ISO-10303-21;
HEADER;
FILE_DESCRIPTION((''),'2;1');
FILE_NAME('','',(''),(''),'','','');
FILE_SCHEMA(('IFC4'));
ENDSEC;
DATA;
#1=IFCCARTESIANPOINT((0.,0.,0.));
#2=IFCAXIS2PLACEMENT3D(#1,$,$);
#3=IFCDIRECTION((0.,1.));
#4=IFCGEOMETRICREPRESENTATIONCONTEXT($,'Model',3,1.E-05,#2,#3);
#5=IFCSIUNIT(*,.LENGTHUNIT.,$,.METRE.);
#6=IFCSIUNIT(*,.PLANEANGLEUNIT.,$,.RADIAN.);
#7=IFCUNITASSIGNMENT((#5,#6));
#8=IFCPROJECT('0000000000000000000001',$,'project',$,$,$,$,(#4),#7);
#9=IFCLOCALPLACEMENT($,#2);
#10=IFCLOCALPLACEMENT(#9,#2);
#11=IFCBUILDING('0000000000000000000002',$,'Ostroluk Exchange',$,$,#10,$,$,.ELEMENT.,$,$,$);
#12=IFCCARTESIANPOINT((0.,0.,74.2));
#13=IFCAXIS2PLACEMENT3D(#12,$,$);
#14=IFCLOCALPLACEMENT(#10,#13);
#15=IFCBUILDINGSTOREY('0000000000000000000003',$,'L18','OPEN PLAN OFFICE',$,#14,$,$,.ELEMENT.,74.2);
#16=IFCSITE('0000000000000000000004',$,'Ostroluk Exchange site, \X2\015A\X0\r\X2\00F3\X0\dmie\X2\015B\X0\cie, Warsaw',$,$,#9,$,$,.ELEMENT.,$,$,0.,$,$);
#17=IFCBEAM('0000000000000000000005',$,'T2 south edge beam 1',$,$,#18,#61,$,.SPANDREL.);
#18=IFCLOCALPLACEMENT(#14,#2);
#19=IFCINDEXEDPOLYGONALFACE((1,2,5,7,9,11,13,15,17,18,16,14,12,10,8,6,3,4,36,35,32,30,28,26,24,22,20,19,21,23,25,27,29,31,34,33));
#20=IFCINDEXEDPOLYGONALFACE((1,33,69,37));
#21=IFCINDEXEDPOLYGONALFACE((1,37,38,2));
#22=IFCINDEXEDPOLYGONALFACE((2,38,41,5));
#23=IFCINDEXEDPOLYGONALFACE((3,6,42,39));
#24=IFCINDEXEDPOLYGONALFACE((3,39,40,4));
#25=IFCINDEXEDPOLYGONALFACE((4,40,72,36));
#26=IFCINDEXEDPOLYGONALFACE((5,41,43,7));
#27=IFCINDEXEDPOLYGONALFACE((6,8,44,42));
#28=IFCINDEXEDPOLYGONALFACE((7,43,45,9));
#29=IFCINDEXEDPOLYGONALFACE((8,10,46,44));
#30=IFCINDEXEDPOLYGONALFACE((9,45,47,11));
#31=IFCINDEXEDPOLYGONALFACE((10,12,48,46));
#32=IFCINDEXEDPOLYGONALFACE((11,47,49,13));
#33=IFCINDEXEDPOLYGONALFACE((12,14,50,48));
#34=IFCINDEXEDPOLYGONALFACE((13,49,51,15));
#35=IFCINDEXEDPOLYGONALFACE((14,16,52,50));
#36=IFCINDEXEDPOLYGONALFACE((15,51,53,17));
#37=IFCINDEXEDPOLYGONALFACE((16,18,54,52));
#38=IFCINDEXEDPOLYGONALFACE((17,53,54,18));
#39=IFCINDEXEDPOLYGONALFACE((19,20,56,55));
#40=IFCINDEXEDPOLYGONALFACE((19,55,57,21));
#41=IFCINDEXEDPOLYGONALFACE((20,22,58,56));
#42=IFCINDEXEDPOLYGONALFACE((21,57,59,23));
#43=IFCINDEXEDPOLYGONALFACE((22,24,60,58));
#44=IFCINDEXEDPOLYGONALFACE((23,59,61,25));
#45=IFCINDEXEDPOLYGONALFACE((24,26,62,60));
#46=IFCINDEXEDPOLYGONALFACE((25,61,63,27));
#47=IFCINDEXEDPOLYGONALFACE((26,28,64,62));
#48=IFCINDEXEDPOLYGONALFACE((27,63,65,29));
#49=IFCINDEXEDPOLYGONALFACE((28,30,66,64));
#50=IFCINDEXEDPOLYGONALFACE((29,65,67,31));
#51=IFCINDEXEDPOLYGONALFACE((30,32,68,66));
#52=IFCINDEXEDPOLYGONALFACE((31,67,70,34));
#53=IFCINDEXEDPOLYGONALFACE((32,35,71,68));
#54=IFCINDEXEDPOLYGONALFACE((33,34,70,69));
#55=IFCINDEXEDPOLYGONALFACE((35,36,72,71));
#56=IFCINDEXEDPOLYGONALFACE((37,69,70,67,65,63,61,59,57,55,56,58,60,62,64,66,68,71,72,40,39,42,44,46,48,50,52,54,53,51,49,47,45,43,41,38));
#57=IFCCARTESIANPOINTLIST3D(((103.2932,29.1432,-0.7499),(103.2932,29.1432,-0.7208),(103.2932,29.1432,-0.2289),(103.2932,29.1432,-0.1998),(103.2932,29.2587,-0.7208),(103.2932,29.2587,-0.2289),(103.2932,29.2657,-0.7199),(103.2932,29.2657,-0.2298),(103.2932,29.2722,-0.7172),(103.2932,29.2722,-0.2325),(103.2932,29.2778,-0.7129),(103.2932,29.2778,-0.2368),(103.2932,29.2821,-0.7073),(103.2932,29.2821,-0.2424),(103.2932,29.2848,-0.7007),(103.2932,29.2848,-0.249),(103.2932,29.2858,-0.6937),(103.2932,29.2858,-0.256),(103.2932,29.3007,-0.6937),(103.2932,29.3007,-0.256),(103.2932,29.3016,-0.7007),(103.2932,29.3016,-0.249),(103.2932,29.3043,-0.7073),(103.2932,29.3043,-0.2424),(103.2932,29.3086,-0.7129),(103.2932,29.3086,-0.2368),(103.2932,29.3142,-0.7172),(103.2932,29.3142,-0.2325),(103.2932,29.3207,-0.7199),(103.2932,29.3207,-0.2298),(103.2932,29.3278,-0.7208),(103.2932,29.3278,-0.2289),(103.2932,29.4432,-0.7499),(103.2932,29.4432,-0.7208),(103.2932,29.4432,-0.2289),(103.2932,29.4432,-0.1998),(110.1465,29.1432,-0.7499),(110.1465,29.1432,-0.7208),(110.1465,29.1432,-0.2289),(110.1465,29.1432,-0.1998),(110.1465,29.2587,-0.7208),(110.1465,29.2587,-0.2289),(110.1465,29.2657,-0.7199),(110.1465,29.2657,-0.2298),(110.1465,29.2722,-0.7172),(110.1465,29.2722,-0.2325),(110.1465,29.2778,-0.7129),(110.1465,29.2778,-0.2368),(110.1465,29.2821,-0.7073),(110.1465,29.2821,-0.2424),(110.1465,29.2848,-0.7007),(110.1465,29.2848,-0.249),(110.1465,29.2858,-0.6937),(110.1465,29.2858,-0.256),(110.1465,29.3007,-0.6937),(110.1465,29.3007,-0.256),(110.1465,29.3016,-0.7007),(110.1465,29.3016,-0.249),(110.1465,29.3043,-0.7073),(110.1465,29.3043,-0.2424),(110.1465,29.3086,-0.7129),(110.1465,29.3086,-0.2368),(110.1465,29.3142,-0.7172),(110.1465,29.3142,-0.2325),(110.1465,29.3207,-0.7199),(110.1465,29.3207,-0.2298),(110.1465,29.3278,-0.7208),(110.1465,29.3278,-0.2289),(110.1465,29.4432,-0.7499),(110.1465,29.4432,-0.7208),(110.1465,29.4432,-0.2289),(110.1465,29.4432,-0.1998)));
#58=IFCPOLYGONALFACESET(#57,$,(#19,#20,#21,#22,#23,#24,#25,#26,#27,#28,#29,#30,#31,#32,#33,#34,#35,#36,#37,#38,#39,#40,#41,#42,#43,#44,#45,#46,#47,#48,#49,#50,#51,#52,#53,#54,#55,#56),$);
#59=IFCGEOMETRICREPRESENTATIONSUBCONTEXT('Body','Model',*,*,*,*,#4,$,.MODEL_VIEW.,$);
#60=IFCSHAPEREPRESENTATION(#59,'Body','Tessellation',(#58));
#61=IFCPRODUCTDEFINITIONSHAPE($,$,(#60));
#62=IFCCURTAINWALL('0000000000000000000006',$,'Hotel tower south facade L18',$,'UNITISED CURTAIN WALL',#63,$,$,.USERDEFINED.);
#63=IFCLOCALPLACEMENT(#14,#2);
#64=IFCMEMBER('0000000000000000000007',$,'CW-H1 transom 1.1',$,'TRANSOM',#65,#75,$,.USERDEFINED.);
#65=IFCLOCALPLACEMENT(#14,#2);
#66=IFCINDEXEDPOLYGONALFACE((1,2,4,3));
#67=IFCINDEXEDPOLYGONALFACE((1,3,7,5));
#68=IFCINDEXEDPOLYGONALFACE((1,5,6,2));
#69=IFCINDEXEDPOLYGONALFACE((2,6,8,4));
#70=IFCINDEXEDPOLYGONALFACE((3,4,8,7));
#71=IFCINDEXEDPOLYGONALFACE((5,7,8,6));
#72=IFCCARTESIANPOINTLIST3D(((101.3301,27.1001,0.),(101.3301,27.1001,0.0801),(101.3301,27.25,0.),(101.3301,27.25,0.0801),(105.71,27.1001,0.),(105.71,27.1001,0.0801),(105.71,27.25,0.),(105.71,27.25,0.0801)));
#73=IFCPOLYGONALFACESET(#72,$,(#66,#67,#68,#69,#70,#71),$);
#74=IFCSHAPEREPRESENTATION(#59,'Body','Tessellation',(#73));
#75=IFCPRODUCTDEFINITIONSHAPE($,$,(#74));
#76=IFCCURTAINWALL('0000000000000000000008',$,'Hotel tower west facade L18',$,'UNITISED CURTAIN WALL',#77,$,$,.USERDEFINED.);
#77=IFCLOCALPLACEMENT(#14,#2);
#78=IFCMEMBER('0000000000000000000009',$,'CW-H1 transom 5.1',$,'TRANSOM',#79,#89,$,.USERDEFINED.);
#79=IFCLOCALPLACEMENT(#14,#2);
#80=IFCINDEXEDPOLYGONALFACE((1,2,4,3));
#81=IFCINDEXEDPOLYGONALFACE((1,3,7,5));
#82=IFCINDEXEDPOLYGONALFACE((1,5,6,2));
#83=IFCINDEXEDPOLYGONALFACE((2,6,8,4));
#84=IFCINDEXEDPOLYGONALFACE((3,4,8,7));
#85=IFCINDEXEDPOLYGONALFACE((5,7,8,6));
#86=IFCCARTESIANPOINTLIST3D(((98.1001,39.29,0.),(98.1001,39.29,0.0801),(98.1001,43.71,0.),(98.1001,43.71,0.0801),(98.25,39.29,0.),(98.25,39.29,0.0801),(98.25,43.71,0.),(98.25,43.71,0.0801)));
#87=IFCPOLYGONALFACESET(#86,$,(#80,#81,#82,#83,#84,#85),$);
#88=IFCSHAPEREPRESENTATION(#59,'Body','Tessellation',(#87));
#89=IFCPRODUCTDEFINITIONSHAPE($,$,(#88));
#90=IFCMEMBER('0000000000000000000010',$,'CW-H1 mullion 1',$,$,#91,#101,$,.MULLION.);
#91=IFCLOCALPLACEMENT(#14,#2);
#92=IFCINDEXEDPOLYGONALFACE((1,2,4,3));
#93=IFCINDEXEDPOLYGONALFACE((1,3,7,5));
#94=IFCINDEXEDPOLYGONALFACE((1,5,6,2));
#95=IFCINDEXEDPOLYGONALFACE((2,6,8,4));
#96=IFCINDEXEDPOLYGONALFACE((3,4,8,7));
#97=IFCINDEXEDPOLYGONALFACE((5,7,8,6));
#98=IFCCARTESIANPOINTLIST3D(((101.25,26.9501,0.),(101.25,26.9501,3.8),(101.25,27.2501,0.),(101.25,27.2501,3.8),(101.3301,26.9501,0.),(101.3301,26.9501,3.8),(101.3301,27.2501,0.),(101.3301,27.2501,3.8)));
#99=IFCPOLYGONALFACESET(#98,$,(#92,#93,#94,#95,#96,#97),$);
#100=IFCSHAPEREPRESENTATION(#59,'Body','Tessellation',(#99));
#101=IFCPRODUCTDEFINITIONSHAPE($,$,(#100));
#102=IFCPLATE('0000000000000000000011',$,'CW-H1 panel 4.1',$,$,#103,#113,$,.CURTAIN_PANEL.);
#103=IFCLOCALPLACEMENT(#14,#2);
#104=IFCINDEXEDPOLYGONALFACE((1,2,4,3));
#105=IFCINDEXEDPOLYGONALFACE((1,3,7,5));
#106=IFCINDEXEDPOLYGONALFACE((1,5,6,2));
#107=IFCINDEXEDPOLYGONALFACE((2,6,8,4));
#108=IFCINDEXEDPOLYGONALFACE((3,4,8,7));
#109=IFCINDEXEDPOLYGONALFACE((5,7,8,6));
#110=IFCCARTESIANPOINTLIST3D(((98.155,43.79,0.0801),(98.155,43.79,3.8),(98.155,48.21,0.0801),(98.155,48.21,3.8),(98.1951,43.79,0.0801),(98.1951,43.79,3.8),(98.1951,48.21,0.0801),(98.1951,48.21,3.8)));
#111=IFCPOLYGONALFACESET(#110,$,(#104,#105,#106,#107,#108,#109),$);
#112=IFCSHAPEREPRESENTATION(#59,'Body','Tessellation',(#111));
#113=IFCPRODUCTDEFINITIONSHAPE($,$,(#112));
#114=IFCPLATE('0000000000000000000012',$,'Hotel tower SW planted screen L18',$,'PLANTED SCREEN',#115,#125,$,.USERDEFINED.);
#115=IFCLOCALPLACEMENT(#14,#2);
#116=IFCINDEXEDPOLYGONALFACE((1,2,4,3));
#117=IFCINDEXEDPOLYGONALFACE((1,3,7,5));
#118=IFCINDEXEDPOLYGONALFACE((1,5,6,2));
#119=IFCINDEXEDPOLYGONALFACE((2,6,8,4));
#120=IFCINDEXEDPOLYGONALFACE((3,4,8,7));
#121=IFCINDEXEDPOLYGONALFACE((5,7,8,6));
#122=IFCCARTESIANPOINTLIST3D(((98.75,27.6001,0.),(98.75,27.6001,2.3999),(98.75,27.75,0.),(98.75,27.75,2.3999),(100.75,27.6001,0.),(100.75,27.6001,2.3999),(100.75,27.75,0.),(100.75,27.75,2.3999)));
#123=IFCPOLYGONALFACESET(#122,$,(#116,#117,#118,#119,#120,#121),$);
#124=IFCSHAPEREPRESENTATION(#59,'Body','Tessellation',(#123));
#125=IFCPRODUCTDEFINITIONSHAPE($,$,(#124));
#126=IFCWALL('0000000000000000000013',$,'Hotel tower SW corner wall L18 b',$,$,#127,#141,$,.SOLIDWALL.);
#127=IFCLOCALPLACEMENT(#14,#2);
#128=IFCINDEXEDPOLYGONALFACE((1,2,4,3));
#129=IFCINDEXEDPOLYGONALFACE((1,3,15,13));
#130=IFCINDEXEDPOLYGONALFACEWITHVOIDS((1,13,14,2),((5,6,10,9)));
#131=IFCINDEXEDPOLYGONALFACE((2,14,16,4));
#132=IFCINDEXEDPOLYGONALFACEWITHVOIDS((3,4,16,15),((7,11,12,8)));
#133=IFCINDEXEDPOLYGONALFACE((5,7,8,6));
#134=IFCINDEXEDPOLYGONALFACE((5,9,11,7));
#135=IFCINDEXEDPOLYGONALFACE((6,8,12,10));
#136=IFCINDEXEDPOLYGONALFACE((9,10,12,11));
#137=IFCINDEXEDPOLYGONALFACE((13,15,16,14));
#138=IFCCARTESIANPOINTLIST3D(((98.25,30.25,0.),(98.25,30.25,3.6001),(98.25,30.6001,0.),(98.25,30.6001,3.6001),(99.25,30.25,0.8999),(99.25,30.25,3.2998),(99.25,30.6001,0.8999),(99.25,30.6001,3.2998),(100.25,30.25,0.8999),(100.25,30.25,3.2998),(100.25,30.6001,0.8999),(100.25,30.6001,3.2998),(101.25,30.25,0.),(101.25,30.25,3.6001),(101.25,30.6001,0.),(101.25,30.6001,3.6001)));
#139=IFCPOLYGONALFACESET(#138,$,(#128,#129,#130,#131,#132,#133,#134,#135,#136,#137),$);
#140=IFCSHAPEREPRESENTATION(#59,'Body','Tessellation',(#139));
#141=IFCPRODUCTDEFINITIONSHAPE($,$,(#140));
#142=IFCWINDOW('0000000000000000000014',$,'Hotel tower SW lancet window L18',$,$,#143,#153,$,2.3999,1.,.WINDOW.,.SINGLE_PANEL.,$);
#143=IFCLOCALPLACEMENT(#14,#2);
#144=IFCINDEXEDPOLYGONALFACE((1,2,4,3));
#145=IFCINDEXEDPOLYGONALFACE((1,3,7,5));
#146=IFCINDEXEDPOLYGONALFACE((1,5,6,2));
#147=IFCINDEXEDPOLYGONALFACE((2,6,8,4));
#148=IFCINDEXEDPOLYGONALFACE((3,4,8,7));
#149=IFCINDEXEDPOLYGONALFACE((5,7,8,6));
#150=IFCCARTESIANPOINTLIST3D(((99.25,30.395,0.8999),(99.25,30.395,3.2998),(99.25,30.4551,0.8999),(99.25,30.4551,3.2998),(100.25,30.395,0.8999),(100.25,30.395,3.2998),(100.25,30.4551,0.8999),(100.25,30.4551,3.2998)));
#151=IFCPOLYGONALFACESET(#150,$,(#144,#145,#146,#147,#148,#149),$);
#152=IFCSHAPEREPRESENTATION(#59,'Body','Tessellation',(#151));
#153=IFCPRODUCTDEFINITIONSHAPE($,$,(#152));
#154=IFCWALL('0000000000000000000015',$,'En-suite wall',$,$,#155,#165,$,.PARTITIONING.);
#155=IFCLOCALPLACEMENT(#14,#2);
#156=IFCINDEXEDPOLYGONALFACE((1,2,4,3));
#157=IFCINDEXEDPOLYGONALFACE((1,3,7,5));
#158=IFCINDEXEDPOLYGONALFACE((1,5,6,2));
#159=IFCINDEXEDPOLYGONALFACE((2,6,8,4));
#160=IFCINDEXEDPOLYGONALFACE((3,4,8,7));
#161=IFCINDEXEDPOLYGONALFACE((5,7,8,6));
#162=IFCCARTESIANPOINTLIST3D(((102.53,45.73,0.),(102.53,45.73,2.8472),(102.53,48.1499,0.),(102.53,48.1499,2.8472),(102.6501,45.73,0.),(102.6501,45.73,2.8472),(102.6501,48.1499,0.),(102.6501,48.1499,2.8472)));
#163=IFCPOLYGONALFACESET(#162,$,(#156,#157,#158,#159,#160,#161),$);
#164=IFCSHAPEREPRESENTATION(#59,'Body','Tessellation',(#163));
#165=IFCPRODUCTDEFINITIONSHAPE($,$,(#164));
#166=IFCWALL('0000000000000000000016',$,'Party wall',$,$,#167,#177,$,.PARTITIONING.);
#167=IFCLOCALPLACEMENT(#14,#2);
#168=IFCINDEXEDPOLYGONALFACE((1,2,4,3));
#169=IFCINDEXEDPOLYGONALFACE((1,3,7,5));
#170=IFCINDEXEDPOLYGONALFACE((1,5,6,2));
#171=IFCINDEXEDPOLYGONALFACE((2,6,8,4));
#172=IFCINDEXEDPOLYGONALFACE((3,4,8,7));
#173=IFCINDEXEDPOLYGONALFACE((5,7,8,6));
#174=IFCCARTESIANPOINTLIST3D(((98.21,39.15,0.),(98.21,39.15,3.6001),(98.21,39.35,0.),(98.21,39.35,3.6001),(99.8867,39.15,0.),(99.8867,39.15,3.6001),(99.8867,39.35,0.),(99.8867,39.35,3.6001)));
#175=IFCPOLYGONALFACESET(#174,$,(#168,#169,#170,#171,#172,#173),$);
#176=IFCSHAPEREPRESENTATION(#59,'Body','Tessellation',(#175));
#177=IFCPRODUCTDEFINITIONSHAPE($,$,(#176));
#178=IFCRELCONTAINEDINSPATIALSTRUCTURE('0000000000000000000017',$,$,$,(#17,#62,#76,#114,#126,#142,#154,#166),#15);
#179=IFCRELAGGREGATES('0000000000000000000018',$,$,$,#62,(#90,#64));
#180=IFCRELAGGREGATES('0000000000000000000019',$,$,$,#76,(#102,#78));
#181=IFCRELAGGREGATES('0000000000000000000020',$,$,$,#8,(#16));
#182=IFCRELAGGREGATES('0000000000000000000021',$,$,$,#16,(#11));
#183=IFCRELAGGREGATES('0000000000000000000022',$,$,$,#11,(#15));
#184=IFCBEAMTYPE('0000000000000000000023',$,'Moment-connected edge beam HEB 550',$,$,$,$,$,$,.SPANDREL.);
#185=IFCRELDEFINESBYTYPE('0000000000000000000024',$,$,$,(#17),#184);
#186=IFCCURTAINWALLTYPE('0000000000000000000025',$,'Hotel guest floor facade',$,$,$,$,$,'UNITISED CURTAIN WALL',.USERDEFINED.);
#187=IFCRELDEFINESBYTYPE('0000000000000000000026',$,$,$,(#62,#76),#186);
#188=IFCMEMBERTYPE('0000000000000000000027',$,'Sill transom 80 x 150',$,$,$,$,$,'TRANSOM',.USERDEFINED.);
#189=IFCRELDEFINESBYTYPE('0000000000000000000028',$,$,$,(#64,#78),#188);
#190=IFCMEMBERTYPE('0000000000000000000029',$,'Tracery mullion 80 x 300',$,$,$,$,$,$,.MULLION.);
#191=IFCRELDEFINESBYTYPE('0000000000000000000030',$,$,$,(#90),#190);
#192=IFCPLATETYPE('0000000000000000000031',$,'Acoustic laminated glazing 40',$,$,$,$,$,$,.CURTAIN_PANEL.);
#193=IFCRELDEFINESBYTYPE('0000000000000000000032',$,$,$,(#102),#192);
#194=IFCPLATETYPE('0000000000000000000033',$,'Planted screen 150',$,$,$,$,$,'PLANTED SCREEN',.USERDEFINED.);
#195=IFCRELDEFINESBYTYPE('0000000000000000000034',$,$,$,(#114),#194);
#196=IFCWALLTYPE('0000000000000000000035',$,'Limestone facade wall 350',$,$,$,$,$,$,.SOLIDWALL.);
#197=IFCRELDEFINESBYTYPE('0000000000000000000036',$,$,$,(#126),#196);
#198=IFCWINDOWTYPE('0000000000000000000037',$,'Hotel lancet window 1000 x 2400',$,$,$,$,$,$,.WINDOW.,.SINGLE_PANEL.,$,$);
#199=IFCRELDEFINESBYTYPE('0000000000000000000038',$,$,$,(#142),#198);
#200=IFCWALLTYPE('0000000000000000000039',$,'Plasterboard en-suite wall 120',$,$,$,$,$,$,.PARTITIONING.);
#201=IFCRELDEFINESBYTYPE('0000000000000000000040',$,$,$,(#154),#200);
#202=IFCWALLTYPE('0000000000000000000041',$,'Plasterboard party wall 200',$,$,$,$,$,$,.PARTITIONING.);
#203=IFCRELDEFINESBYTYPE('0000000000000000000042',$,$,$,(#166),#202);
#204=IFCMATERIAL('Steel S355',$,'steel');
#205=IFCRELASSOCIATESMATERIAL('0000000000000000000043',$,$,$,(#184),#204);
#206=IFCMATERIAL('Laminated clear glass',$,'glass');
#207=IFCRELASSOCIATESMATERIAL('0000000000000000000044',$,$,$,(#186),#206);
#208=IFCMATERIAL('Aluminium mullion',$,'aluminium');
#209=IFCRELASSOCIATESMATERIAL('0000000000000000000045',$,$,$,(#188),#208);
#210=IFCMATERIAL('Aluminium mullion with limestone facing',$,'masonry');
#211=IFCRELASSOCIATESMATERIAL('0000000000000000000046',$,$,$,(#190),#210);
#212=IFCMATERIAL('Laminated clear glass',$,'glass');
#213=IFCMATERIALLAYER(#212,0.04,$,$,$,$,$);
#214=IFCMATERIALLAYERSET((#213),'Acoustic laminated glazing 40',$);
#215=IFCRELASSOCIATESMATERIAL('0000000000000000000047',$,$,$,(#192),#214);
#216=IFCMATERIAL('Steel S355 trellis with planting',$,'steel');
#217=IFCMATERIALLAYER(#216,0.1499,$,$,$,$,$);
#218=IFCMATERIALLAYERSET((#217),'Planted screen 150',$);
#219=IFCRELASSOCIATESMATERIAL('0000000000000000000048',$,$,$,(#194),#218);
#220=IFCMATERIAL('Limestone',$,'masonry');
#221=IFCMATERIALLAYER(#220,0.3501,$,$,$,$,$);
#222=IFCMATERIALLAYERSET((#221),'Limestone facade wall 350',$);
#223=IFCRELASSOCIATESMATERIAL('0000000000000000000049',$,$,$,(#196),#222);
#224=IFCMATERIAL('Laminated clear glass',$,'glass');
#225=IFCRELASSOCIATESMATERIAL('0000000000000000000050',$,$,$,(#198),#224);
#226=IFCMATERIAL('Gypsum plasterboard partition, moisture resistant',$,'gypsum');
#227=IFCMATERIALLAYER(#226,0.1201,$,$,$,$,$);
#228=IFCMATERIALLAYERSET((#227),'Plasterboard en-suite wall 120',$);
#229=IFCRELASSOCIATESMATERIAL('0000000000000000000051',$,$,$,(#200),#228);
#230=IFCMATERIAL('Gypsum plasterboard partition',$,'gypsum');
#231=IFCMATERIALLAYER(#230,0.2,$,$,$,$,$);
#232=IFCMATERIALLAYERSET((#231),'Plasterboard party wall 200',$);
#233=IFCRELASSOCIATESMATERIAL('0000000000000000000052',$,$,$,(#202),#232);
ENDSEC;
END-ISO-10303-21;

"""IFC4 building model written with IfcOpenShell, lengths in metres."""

from ifc_helpers import new_model, si_unit, direction, frame, frame_2d, origin, origin_2d, place, context, subcontext, project, spatial, rectangle, i_section, extrude, material, layer, layer_set, material_profile, profile_set, type_object, element, fill, aggregate, save


model = new_model("IFC4")

# Units and contexts
model_context = context("Model", 3, precision=1e-05, world=origin(), true_north=direction((0.0, 1.0)))
body_context = subcontext(model_context, "Body", "Model", "MODEL_VIEW")
ifc_project = project(units=[si_unit("LENGTHUNIT", "METRE"), si_unit("PLANEANGLEUNIT", "RADIAN")], contexts=[model_context])

# Site, building, storey
site_placement = place(None, origin())
site = spatial("IfcSite", under=ifc_project, at=site_placement, Name="Ostroluk Exchange site, Śródmieście, Warsaw", CompositionType="ELEMENT", RefElevation=0.0)
building_placement = place(site_placement, origin())
building = spatial("IfcBuilding", under=site, at=building_placement, Name="Ostroluk Exchange", CompositionType="ELEMENT")
storey_placement = place(building_placement, frame((0.0, 0.0, 74.2)))
storey = spatial("IfcBuildingStorey", under=building, at=storey_placement, Name="L18", Description="OPEN PLAN OFFICE", CompositionType="ELEMENT", Elevation=74.2)

# Beam
ifc_material_1 = material(Name="Steel S355", Category="steel")
ifc_material_profile_1 = material_profile(ifc_material_1, i_section(OverallWidth=0.3, OverallDepth=0.55, WebThickness=0.0149, FlangeThickness=0.0291, FilletRadius=0.0271, at=origin_2d()), Name="HEB 550")
ifc_profile_set_1 = profile_set([ifc_material_profile_1], Name="Steel S355")
beam_type_1 = type_object("IfcBeamType", Name="Moment-connected edge beam HEB 550", PredefinedType="SPANDREL", material=ifc_profile_set_1)
for number, where, z_axis, x_axis, name in (
    (1, (103.2932, 29.2932, -0.4749), (1.0, 0.0, 0.0), (0.0, 1.0, 0.0), "T2 south edge beam 1"),
):
    element("IfcBeam", number, at=place(storey_placement, frame(where, z_axis=z_axis, x_axis=x_axis)), inside=storey, type_object=beam_type_1, Name=name, PredefinedType="SPANDREL", context=body_context, shape_type="SweptSolid", body=[
        extrude(i_section(OverallWidth=0.3, OverallDepth=0.55, WebThickness=0.0149, FlangeThickness=0.0291, FilletRadius=0.0271, at=origin_2d()), origin(), (0.0, 0.0, 1.0), 6.8533),
    ])

# Curtain walls, members
ifc_material_2 = material(Name="Laminated clear glass", Category="glass")
curtain_wall_type = type_object("IfcCurtainWallType", Name="Hotel guest floor facade", ElementType="UNITISED CURTAIN WALL", PredefinedType="USERDEFINED", material=ifc_material_2)
curtain_wall_1_placement = place(storey_placement, origin())
curtain_wall_1 = element("IfcCurtainWall", 2, at=curtain_wall_1_placement, inside=storey, type_object=curtain_wall_type, Name="Hotel tower south facade L18", ObjectType="UNITISED CURTAIN WALL", PredefinedType="USERDEFINED")
ifc_material_3 = material(Name="Aluminium mullion", Category="aluminium")
ifc_material_profile_2 = material_profile(ifc_material_3, rectangle(XDim=0.1499, YDim=0.0801, at=origin_2d()), Name="Sill transom 80 x 150")
ifc_profile_set_2 = profile_set([ifc_material_profile_2], Name="Aluminium mullion")
member_type_1 = type_object("IfcMemberType", Name="Sill transom 80 x 150", ElementType="TRANSOM", PredefinedType="USERDEFINED", material=ifc_profile_set_2)
member_1_placement = place(storey_placement, frame((101.3301, 27.175, 0.04), z_axis=(1.0, 0.0, 0.0), x_axis=(0.0, 1.0, 0.0)))
member_1 = element("IfcMember", 3, at=member_1_placement, type_object=member_type_1, Name="CW-H1 transom 1.1", ObjectType="TRANSOM", PredefinedType="USERDEFINED", context=body_context, shape_type="SweptSolid", body=[
    extrude(rectangle(XDim=0.1499, YDim=0.0801, at=origin_2d()), origin(), (0.0, 0.0, 1.0), 4.3799),
])
curtain_wall_2_placement = place(storey_placement, origin())
curtain_wall_2 = element("IfcCurtainWall", 4, at=curtain_wall_2_placement, inside=storey, type_object=curtain_wall_type, Name="Hotel tower west facade L18", ObjectType="UNITISED CURTAIN WALL", PredefinedType="USERDEFINED")
member_2_placement = place(storey_placement, frame((98.175, 43.71, 0.04), z_axis=(0.0, -1.0, 0.0), x_axis=(1.0, 0.0, 0.0)))
member_2 = element("IfcMember", 5, at=member_2_placement, type_object=member_type_1, Name="CW-H1 transom 5.1", ObjectType="TRANSOM", PredefinedType="USERDEFINED", context=body_context, shape_type="SweptSolid", body=[
    extrude(rectangle(XDim=0.1499, YDim=0.0801, at=origin_2d()), origin(), (0.0, 0.0, 1.0), 4.4199),
])

# Member
ifc_material_4 = material(Name="Aluminium mullion with limestone facing", Category="masonry")
ifc_material_profile_3 = material_profile(ifc_material_4, rectangle(XDim=0.3, YDim=0.0801, at=origin_2d()), Name="Tracery mullion 80 x 300")
ifc_profile_set_3 = profile_set([ifc_material_profile_3], Name="Aluminium mullion with limestone facing")
member_type_2 = type_object("IfcMemberType", Name="Tracery mullion 80 x 300", PredefinedType="MULLION", material=ifc_profile_set_3)
member_3_placement = place(storey_placement, frame((101.29, 27.1001, 0.0), z_axis=(0.0, 0.0, 1.0), x_axis=(0.0, 1.0, 0.0)))
member_3 = element("IfcMember", 6, at=member_3_placement, type_object=member_type_2, Name="CW-H1 mullion 1", PredefinedType="MULLION", context=body_context, shape_type="SweptSolid", body=[
    extrude(rectangle(XDim=0.3, YDim=0.0801, at=origin_2d()), origin(), (0.0, 0.0, 1.0), 3.8),
])
aggregate(curtain_wall_1, [member_3, member_1])

# Plates
ifc_material_5 = material(Name="Laminated clear glass", Category="glass")
ifc_layer_1 = layer(ifc_material_5, 0.04)
ifc_layer_set_1 = layer_set([ifc_layer_1], Name="Acoustic laminated glazing 40")
plate_type_1 = type_object("IfcPlateType", Name="Acoustic laminated glazing 40", PredefinedType="CURTAIN_PANEL", material=ifc_layer_set_1)
plate_1_placement = place(storey_placement, frame((98.175, 46.0, 0.0801), z_axis=(0.0, 0.0, 1.0), x_axis=(0.0, -1.0, 0.0)))
plate_1 = element("IfcPlate", 7, at=plate_1_placement, type_object=plate_type_1, Name="CW-H1 panel 4.1", PredefinedType="CURTAIN_PANEL", context=body_context, shape_type="SweptSolid", body=[
    extrude(rectangle(XDim=4.4199, YDim=0.04, at=origin_2d()), origin(), (0.0, 0.0, 1.0), 3.72),
])
aggregate(curtain_wall_2, [plate_1, member_2])
ifc_material_6 = material(Name="Steel S355 trellis with planting", Category="steel")
ifc_layer_2 = layer(ifc_material_6, 0.1499)
ifc_layer_set_2 = layer_set([ifc_layer_2], Name="Planted screen 150")
plate_type_2 = type_object("IfcPlateType", Name="Planted screen 150", ElementType="PLANTED SCREEN", PredefinedType="USERDEFINED", material=ifc_layer_set_2)
plate_2_placement = place(storey_placement, frame((99.75, 27.675, 0.0), z_axis=(0.0, 0.0, 1.0), x_axis=(1.0, 0.0, 0.0)))
element("IfcPlate", 8, at=plate_2_placement, inside=storey, type_object=plate_type_2, Name="Hotel tower SW planted screen L18", ObjectType="PLANTED SCREEN", PredefinedType="USERDEFINED", context=body_context, shape_type="SweptSolid", body=[
    extrude(rectangle(XDim=2.0, YDim=0.1499, at=origin_2d()), origin(), (0.0, 0.0, 1.0), 2.3999),
])

# Shared definitions
ifc_material_7 = material(Name="Limestone", Category="masonry")
ifc_layer_3 = layer(ifc_material_7, 0.3501)
ifc_layer_set_3 = layer_set([ifc_layer_3], Name="Limestone facade wall 350")
wall_type_1 = type_object("IfcWallType", Name="Limestone facade wall 350", PredefinedType="SOLIDWALL", material=ifc_layer_set_3)

# Wall, opening, window
wall_1_placement = place(storey_placement, frame((101.25, 30.425, 0.0), z_axis=(0.0, 0.0, 1.0), x_axis=(-1.0, 0.0, 0.0)))
wall_1 = element("IfcWall", 9, at=wall_1_placement, inside=storey, type_object=wall_type_1, Name="Hotel tower SW corner wall L18 b", PredefinedType="SOLIDWALL", context=body_context, shape_type="SweptSolid", body=[
    extrude(rectangle(XDim=3.0, YDim=0.3501, at=frame_2d((1.5, 0.0))), origin(), (0.0, 0.0, 1.0), 3.6001),
])
opening_1_placement = place(wall_1_placement, frame((1.0, 0.0, 0.8999)))
opening_1 = element("IfcOpeningElement", 10, at=opening_1_placement, cuts=wall_1, PredefinedType="OPENING", context=body_context, shape_type="SweptSolid", body=[
    extrude(rectangle(XDim=1.0, YDim=2.3999, at=frame_2d((0.5, 1.2))), frame((0.0, 0.1851, 0.0), z_axis=(0.0, -1.0, 0.0), x_axis=(1.0, 0.0, 0.0)), (0.0, 0.0, 1.0), 0.3701),
])
ifc_material_8 = material(Name="Laminated clear glass", Category="glass")
window_type = type_object("IfcWindowType", Name="Hotel lancet window 1000 x 2400", PartitioningType="SINGLE_PANEL", PredefinedType="WINDOW", material=ifc_material_8)
window_placement = place(opening_1_placement, origin())
window = element("IfcWindow", 11, at=window_placement, inside=storey, type_object=window_type, Name="Hotel tower SW lancet window L18", OverallHeight=2.3999, OverallWidth=1.0, PartitioningType="SINGLE_PANEL", PredefinedType="WINDOW", context=body_context, shape_type="SweptSolid", body=[
    extrude(rectangle(XDim=1.0, YDim=2.3999, at=frame_2d((0.5, 1.2))), frame((0.0, 0.03, 0.0), z_axis=(0.0, -1.0, 0.0), x_axis=(1.0, 0.0, 0.0)), (0.0, 0.0, 1.0), 0.0601),
])
fill(opening_1, window)

# Walls
ifc_material_9 = material(Name="Gypsum plasterboard partition, moisture resistant", Category="gypsum")
ifc_layer_4 = layer(ifc_material_9, 0.1201)
ifc_layer_set_4 = layer_set([ifc_layer_4], Name="Plasterboard en-suite wall 120")
wall_type_2 = type_object("IfcWallType", Name="Plasterboard en-suite wall 120", PredefinedType="PARTITIONING", material=ifc_layer_set_4)
wall_2_placement = place(storey_placement, frame((102.5901, 48.1499, 0.0), z_axis=(0.0, 0.0, 1.0), x_axis=(0.0, -1.0, 0.0)))
element("IfcWall", 12, at=wall_2_placement, inside=storey, type_object=wall_type_2, Name="En-suite wall", PredefinedType="PARTITIONING", context=body_context, shape_type="SweptSolid", body=[
    extrude(rectangle(XDim=2.4199, YDim=0.1201, at=frame_2d((1.21, 0.0))), origin(), (0.0, 0.0, 1.0), 2.8472),
])
ifc_material_10 = material(Name="Gypsum plasterboard partition", Category="gypsum")
ifc_layer_5 = layer(ifc_material_10, 0.2)
ifc_layer_set_5 = layer_set([ifc_layer_5], Name="Plasterboard party wall 200")
wall_type_3 = type_object("IfcWallType", Name="Plasterboard party wall 200", PredefinedType="PARTITIONING", material=ifc_layer_set_5)
wall_3_placement = place(storey_placement, frame((99.8867, 39.25, 0.0), z_axis=(0.0, 0.0, 1.0), x_axis=(-1.0, 0.0, 0.0)))
element("IfcWall", 13, at=wall_3_placement, inside=storey, type_object=wall_type_3, Name="Party wall", PredefinedType="PARTITIONING", context=body_context, shape_type="SweptSolid", body=[
    extrude(rectangle(XDim=1.6768, YDim=0.2, at=frame_2d((0.8384, 0.0))), origin(), (0.0, 0.0, 1.0), 3.6001),
])

save(model, "model.ifc")
